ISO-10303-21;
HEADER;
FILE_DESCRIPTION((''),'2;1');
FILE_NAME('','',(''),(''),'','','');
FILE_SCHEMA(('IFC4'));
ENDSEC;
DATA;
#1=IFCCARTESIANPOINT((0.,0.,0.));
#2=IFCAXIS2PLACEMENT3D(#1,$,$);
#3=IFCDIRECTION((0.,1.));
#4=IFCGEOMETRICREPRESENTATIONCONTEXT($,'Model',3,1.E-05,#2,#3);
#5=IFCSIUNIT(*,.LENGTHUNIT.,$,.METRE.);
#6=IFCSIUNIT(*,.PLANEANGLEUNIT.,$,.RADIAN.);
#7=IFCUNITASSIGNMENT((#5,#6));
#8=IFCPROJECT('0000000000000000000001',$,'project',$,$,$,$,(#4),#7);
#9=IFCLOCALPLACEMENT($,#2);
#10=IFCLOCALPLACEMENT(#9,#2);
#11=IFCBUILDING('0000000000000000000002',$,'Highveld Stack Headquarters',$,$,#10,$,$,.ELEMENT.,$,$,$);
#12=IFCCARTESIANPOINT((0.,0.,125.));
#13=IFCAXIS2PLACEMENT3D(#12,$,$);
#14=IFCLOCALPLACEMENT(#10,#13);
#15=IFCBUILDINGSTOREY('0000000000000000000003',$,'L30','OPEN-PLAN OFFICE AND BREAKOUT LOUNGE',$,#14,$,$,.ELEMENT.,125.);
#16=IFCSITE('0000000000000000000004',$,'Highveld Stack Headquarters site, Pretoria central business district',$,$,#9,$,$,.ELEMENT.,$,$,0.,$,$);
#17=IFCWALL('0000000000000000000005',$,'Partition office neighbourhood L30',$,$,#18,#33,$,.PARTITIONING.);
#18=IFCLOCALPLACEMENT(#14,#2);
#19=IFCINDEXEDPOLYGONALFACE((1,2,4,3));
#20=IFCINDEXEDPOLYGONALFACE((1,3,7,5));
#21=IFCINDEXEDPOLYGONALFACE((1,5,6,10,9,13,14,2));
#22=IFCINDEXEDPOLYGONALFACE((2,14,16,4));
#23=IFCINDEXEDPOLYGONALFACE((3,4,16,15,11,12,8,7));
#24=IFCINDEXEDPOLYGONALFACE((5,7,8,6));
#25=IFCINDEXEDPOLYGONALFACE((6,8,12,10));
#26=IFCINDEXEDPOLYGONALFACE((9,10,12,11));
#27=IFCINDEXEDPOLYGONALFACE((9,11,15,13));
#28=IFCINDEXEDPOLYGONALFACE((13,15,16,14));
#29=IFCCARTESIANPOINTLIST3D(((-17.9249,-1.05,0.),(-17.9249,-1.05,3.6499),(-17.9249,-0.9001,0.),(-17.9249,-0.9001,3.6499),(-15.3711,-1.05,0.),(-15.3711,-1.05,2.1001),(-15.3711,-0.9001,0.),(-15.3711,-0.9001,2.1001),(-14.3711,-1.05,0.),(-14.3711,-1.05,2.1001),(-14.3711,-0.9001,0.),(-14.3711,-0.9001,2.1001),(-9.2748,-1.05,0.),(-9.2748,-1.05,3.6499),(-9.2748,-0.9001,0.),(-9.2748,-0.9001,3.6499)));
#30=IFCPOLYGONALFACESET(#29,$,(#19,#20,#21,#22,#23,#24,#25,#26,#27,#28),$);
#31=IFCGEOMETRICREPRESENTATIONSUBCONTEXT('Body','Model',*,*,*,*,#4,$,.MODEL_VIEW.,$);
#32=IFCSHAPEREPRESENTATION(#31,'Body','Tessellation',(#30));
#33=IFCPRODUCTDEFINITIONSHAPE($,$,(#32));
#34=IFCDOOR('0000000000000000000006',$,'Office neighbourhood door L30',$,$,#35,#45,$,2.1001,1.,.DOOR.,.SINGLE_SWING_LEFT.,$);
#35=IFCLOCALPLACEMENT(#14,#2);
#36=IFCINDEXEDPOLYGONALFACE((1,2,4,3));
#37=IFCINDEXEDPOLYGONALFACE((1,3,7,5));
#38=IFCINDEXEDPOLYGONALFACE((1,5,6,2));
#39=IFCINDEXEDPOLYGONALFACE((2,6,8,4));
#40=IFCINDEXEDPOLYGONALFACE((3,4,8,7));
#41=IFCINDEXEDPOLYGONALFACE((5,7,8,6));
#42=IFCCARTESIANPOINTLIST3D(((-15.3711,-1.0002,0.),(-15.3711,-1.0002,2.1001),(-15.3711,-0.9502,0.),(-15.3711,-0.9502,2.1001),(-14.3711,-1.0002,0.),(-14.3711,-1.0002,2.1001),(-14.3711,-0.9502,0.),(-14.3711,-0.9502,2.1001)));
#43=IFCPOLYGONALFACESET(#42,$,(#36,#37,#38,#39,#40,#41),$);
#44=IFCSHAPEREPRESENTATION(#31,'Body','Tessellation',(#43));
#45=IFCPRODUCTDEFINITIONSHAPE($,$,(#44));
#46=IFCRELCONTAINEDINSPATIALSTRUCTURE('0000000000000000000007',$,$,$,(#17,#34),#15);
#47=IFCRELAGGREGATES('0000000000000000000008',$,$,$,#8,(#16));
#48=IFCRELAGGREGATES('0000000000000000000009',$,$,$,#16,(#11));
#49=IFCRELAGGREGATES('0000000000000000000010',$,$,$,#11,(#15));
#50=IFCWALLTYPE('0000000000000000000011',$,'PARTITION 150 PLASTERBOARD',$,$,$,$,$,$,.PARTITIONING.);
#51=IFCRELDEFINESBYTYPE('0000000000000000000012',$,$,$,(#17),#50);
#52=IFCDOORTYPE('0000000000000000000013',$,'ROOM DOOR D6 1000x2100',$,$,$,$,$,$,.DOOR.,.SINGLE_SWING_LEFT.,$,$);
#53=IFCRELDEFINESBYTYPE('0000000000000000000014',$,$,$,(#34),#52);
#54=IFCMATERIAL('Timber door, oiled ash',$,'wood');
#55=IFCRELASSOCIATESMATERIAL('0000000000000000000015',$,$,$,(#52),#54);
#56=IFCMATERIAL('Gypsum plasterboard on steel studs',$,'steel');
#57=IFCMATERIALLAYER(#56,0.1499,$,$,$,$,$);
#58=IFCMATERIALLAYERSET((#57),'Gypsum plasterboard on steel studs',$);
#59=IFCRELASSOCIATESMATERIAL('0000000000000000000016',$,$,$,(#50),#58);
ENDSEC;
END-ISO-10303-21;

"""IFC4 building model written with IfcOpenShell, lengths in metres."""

from ifc_helpers import new_model, si_unit, direction, frame, frame_2d, origin, place, context, subcontext, project, spatial, rectangle, extrude, material, layer, layer_set, type_object, element, fill, save


model = new_model("IFC4")

# Units and contexts
model_context = context("Model", 3, precision=1e-05, world=origin(), true_north=direction((0.0, 1.0)))
body_context = subcontext(model_context, "Body", "Model", "MODEL_VIEW")
ifc_project = project(units=[si_unit("LENGTHUNIT", "METRE"), si_unit("PLANEANGLEUNIT", "RADIAN")], contexts=[model_context])

# Site, building, storey
site_placement = place(None, origin())
site = spatial("IfcSite", under=ifc_project, at=site_placement, Name="Highveld Stack Headquarters site, Pretoria central business district", CompositionType="ELEMENT", RefElevation=0.0)
building_placement = place(site_placement, origin())
building = spatial("IfcBuilding", under=site, at=building_placement, Name="Highveld Stack Headquarters", CompositionType="ELEMENT")
storey_placement = place(building_placement, frame((0.0, 0.0, 125.0)))
storey = spatial("IfcBuildingStorey", under=building, at=storey_placement, Name="L30", Description="OPEN-PLAN OFFICE AND BREAKOUT LOUNGE", CompositionType="ELEMENT", Elevation=125.0)

# Wall, opening, door
ifc_material_1 = material(Name="Timber door, oiled ash", Category="wood")
door_type = type_object("IfcDoorType", Name="ROOM DOOR D6 1000x2100", OperationType="SINGLE_SWING_LEFT", PredefinedType="DOOR", material=ifc_material_1)
ifc_material_2 = material(Name="Gypsum plasterboard on steel studs", Category="steel")
ifc_layer_1 = layer(ifc_material_2, 0.1499)
ifc_layer_set_1 = layer_set([ifc_layer_1], Name="Gypsum plasterboard on steel studs")
wall_type_1 = type_object("IfcWallType", Name="PARTITION 150 PLASTERBOARD", PredefinedType="PARTITIONING", material=ifc_layer_set_1)
wall_1_placement = place(storey_placement, frame((-17.925, -0.9751, 0.0), z_axis=(0.0, 0.0, 1.0), x_axis=(1.0, 0.0, 0.0)))
wall_1 = element("IfcWall", 1, at=wall_1_placement, inside=storey, type_object=wall_type_1, Name="Partition office neighbourhood L30", PredefinedType="PARTITIONING", context=body_context, shape_type="SweptSolid", body=[
    extrude(rectangle(XDim=8.6501, YDim=0.1499, at=frame_2d((4.3252, 0.0))), origin(), (0.0, 0.0, 1.0), 3.6499),
])
opening_1_placement = place(wall_1_placement, frame((2.554, 0.0, 0.0)))
opening_1 = element("IfcOpeningElement", 2, at=opening_1_placement, cuts=wall_1, PredefinedType="OPENING", context=body_context, shape_type="SweptSolid", body=[
    extrude(rectangle(XDim=1.0, YDim=2.1001, at=frame_2d((0.5, 1.05))), frame((0.0, 0.085, 0.0), z_axis=(0.0, -1.0, 0.0), x_axis=(1.0, 0.0, 0.0)), (0.0, 0.0, 1.0), 0.1699),
])
door_1_placement = place(opening_1_placement, origin())
door_1 = element("IfcDoor", 3, at=door_1_placement, inside=storey, type_object=door_type, Name="Office neighbourhood door L30", OperationType="SINGLE_SWING_LEFT", OverallHeight=2.1001, OverallWidth=1.0, PredefinedType="DOOR", context=body_context, shape_type="SweptSolid", body=[
    extrude(rectangle(XDim=1.0, YDim=2.1001, at=frame_2d((0.5, 1.05))), frame((0.0, 0.0249, 0.0), z_axis=(0.0, -1.0, 0.0), x_axis=(1.0, 0.0, 0.0)), (0.0, 0.0, 1.0), 0.05),
])
fill(opening_1, door_1)

save(model, "model.ifc")
